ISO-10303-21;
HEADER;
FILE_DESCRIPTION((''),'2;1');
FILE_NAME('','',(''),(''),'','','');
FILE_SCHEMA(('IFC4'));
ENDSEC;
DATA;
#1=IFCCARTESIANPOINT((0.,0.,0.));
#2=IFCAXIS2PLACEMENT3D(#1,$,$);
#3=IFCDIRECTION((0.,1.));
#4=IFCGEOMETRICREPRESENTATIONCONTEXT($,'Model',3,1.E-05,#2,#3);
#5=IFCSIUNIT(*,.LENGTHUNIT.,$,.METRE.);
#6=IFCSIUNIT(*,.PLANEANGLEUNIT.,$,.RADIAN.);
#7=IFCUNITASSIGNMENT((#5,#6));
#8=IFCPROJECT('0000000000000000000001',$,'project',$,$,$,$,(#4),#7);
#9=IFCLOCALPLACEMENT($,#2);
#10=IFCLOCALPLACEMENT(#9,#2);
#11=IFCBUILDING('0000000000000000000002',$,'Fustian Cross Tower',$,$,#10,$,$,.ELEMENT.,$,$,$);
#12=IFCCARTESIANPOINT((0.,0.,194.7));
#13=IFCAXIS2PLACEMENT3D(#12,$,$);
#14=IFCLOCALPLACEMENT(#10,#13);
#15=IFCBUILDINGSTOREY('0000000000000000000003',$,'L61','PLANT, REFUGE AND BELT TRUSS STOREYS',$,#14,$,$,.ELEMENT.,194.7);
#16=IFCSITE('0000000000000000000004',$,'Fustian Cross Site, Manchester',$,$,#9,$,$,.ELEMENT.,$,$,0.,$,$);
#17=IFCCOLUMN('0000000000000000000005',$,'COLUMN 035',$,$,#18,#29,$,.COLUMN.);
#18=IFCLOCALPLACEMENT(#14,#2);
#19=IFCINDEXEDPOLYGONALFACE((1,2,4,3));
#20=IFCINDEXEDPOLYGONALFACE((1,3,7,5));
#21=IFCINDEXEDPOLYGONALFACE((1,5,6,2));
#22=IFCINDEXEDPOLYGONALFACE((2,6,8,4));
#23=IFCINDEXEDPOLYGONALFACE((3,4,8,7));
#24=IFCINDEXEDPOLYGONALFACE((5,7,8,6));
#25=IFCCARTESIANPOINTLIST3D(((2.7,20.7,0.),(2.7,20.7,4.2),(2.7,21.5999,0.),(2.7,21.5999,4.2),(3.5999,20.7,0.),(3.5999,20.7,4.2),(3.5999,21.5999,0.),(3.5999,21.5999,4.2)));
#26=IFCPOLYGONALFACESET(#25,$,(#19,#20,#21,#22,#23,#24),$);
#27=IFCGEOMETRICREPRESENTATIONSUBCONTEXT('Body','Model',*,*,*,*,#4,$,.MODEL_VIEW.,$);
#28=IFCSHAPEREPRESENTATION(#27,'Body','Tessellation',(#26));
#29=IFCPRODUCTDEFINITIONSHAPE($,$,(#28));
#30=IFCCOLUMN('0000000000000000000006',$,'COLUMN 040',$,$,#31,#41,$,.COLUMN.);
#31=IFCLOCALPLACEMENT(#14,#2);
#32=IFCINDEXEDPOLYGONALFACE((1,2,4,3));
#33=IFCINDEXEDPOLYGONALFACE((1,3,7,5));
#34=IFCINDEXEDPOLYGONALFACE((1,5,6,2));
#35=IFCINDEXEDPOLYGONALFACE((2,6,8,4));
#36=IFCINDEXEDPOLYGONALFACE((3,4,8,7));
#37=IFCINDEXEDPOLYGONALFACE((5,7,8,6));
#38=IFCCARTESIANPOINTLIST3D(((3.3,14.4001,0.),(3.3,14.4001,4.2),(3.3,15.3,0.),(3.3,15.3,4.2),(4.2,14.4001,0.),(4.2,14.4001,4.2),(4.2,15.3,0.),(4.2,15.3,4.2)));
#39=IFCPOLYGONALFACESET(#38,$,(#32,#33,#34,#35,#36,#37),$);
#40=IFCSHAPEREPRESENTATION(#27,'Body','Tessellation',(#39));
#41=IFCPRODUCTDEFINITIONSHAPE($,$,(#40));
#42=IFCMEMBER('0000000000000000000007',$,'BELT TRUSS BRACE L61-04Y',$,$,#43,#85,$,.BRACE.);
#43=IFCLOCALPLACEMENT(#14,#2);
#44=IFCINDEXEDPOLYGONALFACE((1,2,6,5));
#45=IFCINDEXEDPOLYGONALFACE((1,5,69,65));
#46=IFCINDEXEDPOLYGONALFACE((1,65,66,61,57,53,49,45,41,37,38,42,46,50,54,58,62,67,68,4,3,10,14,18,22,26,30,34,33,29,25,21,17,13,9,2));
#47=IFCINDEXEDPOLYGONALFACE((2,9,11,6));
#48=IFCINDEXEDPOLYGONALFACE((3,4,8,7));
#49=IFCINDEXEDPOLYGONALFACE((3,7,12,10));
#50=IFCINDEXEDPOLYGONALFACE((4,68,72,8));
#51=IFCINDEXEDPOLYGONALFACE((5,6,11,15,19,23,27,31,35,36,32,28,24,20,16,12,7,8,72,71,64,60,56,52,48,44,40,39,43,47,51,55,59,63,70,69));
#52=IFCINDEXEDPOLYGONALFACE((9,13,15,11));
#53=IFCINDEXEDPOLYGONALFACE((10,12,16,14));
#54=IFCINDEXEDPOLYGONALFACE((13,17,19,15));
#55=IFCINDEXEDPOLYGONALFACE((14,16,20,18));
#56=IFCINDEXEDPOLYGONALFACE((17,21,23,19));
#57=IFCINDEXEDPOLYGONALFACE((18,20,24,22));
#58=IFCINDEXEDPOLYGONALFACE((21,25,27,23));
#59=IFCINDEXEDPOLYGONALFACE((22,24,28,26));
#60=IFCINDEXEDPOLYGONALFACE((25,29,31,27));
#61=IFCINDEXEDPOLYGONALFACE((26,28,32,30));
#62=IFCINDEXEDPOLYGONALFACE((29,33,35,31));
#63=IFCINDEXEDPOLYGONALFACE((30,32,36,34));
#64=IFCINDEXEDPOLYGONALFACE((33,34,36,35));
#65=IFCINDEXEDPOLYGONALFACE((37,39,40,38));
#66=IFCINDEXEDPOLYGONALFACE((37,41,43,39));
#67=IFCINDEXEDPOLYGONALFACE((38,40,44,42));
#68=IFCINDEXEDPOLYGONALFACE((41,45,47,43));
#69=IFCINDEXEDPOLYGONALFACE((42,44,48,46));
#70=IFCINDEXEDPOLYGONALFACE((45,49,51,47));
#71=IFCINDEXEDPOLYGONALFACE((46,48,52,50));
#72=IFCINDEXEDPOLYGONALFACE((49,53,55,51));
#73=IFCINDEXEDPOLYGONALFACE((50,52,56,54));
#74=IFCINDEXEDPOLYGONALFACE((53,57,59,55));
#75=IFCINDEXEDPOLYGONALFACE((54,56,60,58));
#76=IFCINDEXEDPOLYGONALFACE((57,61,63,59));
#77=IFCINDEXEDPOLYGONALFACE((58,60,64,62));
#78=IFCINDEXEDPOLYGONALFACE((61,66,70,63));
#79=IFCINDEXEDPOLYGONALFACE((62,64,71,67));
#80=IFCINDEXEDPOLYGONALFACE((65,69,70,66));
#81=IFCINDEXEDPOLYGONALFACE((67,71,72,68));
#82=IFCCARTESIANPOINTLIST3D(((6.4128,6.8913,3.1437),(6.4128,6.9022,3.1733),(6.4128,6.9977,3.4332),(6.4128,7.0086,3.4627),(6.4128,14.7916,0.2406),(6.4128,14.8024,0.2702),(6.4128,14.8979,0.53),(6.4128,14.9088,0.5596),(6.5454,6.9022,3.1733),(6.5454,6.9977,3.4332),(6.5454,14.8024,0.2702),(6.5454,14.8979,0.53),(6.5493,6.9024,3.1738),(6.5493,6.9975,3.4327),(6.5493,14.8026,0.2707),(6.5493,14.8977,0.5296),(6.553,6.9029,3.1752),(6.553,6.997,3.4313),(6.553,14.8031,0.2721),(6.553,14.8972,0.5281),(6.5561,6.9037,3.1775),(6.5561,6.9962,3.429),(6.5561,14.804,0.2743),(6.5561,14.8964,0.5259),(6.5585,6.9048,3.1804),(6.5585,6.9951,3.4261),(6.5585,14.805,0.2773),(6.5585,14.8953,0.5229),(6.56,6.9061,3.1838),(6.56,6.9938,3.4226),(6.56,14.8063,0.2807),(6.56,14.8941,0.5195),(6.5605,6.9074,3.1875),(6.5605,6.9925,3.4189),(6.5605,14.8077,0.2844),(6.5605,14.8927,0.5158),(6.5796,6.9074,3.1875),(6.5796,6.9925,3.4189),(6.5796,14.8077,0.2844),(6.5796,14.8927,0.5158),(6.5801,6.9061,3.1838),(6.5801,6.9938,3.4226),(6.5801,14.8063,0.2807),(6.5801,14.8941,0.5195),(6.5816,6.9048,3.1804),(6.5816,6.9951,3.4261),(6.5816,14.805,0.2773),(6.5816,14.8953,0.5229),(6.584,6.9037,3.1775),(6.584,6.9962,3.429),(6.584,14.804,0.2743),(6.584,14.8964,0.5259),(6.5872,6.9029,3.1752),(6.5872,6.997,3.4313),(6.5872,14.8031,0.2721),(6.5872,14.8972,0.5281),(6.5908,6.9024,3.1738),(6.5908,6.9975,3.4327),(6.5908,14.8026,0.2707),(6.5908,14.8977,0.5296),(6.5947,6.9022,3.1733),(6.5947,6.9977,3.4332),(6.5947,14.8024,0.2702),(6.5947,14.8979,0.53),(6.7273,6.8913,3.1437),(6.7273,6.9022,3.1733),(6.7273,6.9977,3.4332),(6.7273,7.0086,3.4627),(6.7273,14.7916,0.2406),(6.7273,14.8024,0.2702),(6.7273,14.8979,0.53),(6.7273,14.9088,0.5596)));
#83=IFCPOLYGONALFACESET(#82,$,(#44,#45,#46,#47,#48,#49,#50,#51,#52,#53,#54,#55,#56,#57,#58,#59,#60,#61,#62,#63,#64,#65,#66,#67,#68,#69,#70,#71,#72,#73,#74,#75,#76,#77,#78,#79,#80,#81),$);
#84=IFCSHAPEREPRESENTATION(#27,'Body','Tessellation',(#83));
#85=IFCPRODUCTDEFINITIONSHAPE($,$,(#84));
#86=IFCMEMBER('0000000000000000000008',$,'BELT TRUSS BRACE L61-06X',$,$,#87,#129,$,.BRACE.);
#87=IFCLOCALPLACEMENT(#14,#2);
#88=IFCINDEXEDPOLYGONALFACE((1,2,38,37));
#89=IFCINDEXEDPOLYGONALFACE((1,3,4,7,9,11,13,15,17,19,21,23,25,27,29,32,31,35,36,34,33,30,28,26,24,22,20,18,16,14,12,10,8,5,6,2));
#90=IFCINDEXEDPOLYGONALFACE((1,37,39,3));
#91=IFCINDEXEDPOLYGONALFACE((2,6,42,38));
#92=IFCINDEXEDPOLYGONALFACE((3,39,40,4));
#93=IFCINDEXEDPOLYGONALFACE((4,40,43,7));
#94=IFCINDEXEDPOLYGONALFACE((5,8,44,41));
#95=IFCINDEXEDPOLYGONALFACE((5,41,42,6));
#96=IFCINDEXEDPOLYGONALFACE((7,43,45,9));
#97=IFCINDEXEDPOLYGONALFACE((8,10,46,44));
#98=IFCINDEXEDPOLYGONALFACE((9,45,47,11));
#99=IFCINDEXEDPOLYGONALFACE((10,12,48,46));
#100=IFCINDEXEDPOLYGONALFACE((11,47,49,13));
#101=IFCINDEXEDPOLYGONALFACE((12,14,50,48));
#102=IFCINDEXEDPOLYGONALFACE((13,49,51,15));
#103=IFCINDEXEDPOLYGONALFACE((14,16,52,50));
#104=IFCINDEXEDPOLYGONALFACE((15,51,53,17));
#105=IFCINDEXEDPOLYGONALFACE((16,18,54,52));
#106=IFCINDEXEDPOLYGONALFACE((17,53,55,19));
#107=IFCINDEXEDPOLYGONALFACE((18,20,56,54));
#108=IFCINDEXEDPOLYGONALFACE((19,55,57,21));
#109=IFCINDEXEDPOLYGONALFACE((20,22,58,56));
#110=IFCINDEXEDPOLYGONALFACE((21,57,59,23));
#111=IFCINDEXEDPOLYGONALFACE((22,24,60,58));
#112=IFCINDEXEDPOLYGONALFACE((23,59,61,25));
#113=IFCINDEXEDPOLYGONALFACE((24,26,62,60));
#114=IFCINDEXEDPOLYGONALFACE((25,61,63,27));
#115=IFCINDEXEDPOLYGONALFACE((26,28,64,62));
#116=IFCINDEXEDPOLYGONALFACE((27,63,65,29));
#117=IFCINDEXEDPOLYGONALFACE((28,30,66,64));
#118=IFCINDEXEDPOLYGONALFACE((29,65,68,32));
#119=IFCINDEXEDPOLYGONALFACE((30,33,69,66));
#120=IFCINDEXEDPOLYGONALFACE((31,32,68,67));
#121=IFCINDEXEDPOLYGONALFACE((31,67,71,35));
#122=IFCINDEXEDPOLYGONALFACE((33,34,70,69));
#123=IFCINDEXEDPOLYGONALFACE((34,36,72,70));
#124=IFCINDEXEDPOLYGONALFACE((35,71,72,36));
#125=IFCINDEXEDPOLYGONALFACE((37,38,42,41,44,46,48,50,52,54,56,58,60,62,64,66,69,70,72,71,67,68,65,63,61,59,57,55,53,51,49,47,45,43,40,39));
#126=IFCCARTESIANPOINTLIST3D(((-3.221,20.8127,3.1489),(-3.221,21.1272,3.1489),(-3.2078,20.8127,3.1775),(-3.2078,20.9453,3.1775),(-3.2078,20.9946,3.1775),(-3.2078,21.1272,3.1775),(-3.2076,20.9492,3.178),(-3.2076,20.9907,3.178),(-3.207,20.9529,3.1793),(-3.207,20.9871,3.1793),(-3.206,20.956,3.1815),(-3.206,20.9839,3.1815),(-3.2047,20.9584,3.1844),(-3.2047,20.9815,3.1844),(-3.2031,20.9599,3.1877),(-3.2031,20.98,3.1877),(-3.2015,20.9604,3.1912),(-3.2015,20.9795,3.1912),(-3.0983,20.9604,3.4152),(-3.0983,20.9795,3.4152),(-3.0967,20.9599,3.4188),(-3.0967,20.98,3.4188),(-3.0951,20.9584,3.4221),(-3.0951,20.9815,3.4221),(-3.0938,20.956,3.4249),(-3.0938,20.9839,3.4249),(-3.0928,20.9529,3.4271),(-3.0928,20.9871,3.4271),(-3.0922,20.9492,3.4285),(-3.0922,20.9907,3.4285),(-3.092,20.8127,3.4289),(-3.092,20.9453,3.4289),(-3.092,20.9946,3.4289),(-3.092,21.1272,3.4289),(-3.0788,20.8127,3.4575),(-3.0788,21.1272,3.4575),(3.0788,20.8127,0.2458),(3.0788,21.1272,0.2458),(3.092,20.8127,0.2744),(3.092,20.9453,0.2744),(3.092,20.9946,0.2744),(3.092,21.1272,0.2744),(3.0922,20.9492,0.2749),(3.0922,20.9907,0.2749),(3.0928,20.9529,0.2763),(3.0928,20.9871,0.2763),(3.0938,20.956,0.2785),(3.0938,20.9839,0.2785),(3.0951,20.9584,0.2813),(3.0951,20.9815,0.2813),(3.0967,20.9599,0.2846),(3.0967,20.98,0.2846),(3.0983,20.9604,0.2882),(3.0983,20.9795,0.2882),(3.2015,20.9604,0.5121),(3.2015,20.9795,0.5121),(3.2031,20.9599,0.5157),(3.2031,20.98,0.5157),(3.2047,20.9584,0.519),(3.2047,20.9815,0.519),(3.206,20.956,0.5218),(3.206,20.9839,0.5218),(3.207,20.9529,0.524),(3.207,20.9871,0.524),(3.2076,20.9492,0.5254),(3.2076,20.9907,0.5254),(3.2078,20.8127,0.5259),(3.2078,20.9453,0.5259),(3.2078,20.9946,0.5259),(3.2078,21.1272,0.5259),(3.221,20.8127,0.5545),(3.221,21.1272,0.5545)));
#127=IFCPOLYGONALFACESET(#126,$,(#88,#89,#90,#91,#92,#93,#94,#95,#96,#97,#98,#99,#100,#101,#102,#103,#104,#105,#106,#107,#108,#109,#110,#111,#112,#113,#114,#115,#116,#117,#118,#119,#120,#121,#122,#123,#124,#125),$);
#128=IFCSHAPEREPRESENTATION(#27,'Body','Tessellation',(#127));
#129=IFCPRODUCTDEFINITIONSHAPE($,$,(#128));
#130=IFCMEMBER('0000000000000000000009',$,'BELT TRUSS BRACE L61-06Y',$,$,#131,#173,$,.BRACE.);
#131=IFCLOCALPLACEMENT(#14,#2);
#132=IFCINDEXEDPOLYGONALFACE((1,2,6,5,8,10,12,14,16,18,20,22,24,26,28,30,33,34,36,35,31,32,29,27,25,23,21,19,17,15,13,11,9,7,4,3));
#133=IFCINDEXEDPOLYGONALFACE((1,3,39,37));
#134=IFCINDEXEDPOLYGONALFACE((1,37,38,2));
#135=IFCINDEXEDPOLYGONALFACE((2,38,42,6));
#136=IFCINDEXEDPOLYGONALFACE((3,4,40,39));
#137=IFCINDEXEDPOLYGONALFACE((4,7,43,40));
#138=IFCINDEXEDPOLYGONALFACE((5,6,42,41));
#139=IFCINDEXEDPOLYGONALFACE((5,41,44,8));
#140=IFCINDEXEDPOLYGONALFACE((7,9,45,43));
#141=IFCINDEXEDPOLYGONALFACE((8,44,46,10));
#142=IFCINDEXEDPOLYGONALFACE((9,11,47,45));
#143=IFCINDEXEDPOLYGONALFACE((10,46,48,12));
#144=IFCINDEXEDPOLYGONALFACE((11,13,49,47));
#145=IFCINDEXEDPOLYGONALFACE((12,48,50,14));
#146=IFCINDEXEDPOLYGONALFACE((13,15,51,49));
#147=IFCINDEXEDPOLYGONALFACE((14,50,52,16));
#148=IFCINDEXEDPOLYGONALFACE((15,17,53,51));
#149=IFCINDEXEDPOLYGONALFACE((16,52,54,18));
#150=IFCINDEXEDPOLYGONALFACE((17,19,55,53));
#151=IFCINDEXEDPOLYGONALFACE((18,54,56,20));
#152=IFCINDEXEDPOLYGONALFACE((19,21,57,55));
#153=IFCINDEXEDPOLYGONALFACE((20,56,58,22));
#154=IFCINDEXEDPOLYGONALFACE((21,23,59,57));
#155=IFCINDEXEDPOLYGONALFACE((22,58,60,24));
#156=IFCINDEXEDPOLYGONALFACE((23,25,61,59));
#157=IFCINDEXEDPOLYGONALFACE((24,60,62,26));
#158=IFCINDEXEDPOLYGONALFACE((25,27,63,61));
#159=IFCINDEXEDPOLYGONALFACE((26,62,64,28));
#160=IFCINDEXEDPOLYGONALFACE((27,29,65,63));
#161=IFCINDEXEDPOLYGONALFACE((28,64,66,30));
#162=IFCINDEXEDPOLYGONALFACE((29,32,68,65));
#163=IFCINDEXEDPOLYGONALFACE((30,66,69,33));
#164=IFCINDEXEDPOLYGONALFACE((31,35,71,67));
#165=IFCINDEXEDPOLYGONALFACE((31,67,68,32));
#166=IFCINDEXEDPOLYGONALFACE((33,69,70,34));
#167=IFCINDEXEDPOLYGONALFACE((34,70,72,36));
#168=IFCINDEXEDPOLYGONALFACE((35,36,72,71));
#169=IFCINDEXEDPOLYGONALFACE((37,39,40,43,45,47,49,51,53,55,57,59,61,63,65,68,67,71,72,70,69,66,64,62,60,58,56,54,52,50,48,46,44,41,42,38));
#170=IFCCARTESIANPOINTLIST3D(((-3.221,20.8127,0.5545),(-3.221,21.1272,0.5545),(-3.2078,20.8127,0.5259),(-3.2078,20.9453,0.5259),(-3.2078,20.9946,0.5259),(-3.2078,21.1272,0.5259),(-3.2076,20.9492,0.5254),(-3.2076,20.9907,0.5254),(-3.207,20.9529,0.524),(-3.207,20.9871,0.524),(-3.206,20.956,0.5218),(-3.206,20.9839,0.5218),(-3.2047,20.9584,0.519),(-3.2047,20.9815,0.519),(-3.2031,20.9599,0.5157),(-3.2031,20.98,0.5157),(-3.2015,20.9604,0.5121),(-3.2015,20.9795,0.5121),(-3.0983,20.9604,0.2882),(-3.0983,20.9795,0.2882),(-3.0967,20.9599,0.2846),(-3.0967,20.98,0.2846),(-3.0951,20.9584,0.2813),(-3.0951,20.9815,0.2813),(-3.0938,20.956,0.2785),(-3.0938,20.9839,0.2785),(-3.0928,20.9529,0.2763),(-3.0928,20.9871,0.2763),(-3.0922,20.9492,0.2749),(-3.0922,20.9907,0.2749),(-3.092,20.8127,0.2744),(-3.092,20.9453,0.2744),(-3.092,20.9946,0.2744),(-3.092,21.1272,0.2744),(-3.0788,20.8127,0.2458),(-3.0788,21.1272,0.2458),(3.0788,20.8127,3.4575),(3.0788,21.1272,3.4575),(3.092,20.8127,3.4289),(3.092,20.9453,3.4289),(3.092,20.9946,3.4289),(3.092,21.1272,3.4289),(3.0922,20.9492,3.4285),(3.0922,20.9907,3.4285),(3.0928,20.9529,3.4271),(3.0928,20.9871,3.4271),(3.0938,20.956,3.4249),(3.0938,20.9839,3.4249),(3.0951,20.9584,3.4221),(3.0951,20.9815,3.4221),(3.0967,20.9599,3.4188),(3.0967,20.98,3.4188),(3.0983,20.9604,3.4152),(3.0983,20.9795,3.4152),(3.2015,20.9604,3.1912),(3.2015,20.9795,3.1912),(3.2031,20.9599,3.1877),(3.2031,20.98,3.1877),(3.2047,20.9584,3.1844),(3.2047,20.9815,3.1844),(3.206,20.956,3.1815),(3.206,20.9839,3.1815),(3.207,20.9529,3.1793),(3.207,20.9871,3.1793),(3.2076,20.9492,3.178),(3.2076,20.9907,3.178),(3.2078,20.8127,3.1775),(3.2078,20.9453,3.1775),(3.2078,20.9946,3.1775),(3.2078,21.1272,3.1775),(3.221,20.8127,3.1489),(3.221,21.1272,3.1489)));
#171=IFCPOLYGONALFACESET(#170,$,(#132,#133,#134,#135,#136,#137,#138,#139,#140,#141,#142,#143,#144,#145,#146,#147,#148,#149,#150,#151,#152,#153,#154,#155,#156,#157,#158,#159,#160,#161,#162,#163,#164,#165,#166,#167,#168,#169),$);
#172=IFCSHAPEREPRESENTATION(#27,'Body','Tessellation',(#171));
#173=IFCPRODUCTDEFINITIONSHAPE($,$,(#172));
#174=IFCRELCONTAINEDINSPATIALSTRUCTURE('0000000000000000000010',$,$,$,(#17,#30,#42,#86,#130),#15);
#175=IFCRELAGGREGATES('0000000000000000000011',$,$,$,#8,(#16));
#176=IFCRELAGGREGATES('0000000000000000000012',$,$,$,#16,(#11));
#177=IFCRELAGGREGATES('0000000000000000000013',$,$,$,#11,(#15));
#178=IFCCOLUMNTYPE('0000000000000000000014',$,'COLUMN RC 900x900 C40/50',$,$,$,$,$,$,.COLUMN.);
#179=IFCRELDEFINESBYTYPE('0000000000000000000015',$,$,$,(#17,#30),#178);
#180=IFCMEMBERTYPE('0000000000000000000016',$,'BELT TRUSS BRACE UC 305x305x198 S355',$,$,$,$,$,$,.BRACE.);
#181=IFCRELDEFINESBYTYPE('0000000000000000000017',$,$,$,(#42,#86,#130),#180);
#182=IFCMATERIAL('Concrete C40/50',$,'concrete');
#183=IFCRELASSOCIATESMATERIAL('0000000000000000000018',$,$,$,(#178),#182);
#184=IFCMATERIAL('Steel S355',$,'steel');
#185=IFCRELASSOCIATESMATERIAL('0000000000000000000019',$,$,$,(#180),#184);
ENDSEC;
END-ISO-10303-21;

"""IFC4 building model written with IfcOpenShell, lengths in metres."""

from ifc_helpers import new_model, si_unit, direction, frame, origin, origin_2d, place, context, subcontext, project, spatial, rectangle, i_section, extrude, material, material_profile, profile_set, type_object, element, save


model = new_model("IFC4")

# Units and contexts
model_context = context("Model", 3, precision=1e-05, world=origin(), true_north=direction((0.0, 1.0)))
body_context = subcontext(model_context, "Body", "Model", "MODEL_VIEW")
ifc_project = project(units=[si_unit("LENGTHUNIT", "METRE"), si_unit("PLANEANGLEUNIT", "RADIAN")], contexts=[model_context])

# Site, building, storey
site_placement = place(None, origin())
site = spatial("IfcSite", under=ifc_project, at=site_placement, Name="Fustian Cross Site, Manchester", CompositionType="ELEMENT", RefElevation=0.0)
building_placement = place(site_placement, origin())
building = spatial("IfcBuilding", under=site, at=building_placement, Name="Fustian Cross Tower", CompositionType="ELEMENT")
storey_placement = place(building_placement, frame((0.0, 0.0, 194.7)))
storey = spatial("IfcBuildingStorey", under=building, at=storey_placement, Name="L61", Description="PLANT, REFUGE AND BELT TRUSS STOREYS", CompositionType="ELEMENT", Elevation=194.7)

# Columns
ifc_material_1 = material(Name="Concrete C40/50", Category="concrete")
ifc_material_profile_1 = material_profile(ifc_material_1, rectangle(XDim=0.8999, YDim=0.8999, at=origin_2d()), Name="RC 900x900")
ifc_profile_set_1 = profile_set([ifc_material_profile_1], Name="Concrete C40/50")
column_type = type_object("IfcColumnType", Name="COLUMN RC 900x900 C40/50", PredefinedType="COLUMN", material=ifc_profile_set_1)
for number, where, z_axis, x_axis, name in (
    (1, (3.1499, 21.1499, 0.0), (0.0, 0.0, 1.0), (1.0, 0.0, 0.0), "COLUMN 035"),
    (2, (3.75, 14.8501, 0.0), (0.0, 0.0, 1.0), (1.0, 0.0, 0.0), "COLUMN 040"),
):
    element("IfcColumn", number, at=place(storey_placement, frame(where, z_axis=z_axis, x_axis=x_axis)), inside=storey, type_object=column_type, Name=name, PredefinedType="COLUMN", context=body_context, shape_type="SweptSolid", body=[
        extrude(rectangle(XDim=0.8999, YDim=0.8999, at=origin_2d()), origin(), (0.0, 0.0, 1.0), 4.2),
    ])

# Members
ifc_material_2 = material(Name="Steel S355", Category="steel")
ifc_material_profile_2 = material_profile(ifc_material_2, i_section(OverallWidth=0.3145, OverallDepth=0.3398, WebThickness=0.019, FlangeThickness=0.0315, FilletRadius=0.0151, at=origin_2d()), Name="UC 305x305x198")
ifc_profile_set_2 = profile_set([ifc_material_profile_2], Name="Steel S355")
member_type_1 = type_object("IfcMemberType", Name="BELT TRUSS BRACE UC 305x305x198 S355", PredefinedType="BRACE", material=ifc_profile_set_2)
member_placement = place(storey_placement, frame((6.5701, 6.95, 3.3032), z_axis=(0.0, 0.938632, -0.34492), x_axis=(-1.0, 0.0, 0.0)))
element("IfcMember", 3, at=member_placement, inside=storey, type_object=member_type_1, Name="BELT TRUSS BRACE L61-04Y", PredefinedType="BRACE", context=body_context, shape_type="SweptSolid", body=[
    extrude(i_section(OverallWidth=0.3145, OverallDepth=0.3398, WebThickness=0.019, FlangeThickness=0.0315, FilletRadius=0.0151, at=origin_2d()), origin(), (0.0, 0.0, 1.0), 8.4167),
])
for number, where, z_axis, x_axis, name in (
    (4, (3.1499, 20.97, 0.4001), (-0.908207, 0.0, 0.41852), (0.0, -1.0, 0.0), "BELT TRUSS BRACE L61-06X"),
    (5, (3.1499, 20.97, 3.3032), (-0.908207, 0.0, -0.41852), (0.0, -1.0, 0.0), "BELT TRUSS BRACE L61-06Y"),
):
    element("IfcMember", number, at=place(storey_placement, frame(where, z_axis=z_axis, x_axis=x_axis)), inside=storey, type_object=member_type_1, Name=name, PredefinedType="BRACE", context=body_context, shape_type="SweptSolid", body=[
        extrude(i_section(OverallWidth=0.3145, OverallDepth=0.3398, WebThickness=0.019, FlangeThickness=0.0315, FilletRadius=0.0151, at=origin_2d()), origin(), (0.0, 0.0, 1.0), 6.9365),
    ])

save(model, "model.ifc")
